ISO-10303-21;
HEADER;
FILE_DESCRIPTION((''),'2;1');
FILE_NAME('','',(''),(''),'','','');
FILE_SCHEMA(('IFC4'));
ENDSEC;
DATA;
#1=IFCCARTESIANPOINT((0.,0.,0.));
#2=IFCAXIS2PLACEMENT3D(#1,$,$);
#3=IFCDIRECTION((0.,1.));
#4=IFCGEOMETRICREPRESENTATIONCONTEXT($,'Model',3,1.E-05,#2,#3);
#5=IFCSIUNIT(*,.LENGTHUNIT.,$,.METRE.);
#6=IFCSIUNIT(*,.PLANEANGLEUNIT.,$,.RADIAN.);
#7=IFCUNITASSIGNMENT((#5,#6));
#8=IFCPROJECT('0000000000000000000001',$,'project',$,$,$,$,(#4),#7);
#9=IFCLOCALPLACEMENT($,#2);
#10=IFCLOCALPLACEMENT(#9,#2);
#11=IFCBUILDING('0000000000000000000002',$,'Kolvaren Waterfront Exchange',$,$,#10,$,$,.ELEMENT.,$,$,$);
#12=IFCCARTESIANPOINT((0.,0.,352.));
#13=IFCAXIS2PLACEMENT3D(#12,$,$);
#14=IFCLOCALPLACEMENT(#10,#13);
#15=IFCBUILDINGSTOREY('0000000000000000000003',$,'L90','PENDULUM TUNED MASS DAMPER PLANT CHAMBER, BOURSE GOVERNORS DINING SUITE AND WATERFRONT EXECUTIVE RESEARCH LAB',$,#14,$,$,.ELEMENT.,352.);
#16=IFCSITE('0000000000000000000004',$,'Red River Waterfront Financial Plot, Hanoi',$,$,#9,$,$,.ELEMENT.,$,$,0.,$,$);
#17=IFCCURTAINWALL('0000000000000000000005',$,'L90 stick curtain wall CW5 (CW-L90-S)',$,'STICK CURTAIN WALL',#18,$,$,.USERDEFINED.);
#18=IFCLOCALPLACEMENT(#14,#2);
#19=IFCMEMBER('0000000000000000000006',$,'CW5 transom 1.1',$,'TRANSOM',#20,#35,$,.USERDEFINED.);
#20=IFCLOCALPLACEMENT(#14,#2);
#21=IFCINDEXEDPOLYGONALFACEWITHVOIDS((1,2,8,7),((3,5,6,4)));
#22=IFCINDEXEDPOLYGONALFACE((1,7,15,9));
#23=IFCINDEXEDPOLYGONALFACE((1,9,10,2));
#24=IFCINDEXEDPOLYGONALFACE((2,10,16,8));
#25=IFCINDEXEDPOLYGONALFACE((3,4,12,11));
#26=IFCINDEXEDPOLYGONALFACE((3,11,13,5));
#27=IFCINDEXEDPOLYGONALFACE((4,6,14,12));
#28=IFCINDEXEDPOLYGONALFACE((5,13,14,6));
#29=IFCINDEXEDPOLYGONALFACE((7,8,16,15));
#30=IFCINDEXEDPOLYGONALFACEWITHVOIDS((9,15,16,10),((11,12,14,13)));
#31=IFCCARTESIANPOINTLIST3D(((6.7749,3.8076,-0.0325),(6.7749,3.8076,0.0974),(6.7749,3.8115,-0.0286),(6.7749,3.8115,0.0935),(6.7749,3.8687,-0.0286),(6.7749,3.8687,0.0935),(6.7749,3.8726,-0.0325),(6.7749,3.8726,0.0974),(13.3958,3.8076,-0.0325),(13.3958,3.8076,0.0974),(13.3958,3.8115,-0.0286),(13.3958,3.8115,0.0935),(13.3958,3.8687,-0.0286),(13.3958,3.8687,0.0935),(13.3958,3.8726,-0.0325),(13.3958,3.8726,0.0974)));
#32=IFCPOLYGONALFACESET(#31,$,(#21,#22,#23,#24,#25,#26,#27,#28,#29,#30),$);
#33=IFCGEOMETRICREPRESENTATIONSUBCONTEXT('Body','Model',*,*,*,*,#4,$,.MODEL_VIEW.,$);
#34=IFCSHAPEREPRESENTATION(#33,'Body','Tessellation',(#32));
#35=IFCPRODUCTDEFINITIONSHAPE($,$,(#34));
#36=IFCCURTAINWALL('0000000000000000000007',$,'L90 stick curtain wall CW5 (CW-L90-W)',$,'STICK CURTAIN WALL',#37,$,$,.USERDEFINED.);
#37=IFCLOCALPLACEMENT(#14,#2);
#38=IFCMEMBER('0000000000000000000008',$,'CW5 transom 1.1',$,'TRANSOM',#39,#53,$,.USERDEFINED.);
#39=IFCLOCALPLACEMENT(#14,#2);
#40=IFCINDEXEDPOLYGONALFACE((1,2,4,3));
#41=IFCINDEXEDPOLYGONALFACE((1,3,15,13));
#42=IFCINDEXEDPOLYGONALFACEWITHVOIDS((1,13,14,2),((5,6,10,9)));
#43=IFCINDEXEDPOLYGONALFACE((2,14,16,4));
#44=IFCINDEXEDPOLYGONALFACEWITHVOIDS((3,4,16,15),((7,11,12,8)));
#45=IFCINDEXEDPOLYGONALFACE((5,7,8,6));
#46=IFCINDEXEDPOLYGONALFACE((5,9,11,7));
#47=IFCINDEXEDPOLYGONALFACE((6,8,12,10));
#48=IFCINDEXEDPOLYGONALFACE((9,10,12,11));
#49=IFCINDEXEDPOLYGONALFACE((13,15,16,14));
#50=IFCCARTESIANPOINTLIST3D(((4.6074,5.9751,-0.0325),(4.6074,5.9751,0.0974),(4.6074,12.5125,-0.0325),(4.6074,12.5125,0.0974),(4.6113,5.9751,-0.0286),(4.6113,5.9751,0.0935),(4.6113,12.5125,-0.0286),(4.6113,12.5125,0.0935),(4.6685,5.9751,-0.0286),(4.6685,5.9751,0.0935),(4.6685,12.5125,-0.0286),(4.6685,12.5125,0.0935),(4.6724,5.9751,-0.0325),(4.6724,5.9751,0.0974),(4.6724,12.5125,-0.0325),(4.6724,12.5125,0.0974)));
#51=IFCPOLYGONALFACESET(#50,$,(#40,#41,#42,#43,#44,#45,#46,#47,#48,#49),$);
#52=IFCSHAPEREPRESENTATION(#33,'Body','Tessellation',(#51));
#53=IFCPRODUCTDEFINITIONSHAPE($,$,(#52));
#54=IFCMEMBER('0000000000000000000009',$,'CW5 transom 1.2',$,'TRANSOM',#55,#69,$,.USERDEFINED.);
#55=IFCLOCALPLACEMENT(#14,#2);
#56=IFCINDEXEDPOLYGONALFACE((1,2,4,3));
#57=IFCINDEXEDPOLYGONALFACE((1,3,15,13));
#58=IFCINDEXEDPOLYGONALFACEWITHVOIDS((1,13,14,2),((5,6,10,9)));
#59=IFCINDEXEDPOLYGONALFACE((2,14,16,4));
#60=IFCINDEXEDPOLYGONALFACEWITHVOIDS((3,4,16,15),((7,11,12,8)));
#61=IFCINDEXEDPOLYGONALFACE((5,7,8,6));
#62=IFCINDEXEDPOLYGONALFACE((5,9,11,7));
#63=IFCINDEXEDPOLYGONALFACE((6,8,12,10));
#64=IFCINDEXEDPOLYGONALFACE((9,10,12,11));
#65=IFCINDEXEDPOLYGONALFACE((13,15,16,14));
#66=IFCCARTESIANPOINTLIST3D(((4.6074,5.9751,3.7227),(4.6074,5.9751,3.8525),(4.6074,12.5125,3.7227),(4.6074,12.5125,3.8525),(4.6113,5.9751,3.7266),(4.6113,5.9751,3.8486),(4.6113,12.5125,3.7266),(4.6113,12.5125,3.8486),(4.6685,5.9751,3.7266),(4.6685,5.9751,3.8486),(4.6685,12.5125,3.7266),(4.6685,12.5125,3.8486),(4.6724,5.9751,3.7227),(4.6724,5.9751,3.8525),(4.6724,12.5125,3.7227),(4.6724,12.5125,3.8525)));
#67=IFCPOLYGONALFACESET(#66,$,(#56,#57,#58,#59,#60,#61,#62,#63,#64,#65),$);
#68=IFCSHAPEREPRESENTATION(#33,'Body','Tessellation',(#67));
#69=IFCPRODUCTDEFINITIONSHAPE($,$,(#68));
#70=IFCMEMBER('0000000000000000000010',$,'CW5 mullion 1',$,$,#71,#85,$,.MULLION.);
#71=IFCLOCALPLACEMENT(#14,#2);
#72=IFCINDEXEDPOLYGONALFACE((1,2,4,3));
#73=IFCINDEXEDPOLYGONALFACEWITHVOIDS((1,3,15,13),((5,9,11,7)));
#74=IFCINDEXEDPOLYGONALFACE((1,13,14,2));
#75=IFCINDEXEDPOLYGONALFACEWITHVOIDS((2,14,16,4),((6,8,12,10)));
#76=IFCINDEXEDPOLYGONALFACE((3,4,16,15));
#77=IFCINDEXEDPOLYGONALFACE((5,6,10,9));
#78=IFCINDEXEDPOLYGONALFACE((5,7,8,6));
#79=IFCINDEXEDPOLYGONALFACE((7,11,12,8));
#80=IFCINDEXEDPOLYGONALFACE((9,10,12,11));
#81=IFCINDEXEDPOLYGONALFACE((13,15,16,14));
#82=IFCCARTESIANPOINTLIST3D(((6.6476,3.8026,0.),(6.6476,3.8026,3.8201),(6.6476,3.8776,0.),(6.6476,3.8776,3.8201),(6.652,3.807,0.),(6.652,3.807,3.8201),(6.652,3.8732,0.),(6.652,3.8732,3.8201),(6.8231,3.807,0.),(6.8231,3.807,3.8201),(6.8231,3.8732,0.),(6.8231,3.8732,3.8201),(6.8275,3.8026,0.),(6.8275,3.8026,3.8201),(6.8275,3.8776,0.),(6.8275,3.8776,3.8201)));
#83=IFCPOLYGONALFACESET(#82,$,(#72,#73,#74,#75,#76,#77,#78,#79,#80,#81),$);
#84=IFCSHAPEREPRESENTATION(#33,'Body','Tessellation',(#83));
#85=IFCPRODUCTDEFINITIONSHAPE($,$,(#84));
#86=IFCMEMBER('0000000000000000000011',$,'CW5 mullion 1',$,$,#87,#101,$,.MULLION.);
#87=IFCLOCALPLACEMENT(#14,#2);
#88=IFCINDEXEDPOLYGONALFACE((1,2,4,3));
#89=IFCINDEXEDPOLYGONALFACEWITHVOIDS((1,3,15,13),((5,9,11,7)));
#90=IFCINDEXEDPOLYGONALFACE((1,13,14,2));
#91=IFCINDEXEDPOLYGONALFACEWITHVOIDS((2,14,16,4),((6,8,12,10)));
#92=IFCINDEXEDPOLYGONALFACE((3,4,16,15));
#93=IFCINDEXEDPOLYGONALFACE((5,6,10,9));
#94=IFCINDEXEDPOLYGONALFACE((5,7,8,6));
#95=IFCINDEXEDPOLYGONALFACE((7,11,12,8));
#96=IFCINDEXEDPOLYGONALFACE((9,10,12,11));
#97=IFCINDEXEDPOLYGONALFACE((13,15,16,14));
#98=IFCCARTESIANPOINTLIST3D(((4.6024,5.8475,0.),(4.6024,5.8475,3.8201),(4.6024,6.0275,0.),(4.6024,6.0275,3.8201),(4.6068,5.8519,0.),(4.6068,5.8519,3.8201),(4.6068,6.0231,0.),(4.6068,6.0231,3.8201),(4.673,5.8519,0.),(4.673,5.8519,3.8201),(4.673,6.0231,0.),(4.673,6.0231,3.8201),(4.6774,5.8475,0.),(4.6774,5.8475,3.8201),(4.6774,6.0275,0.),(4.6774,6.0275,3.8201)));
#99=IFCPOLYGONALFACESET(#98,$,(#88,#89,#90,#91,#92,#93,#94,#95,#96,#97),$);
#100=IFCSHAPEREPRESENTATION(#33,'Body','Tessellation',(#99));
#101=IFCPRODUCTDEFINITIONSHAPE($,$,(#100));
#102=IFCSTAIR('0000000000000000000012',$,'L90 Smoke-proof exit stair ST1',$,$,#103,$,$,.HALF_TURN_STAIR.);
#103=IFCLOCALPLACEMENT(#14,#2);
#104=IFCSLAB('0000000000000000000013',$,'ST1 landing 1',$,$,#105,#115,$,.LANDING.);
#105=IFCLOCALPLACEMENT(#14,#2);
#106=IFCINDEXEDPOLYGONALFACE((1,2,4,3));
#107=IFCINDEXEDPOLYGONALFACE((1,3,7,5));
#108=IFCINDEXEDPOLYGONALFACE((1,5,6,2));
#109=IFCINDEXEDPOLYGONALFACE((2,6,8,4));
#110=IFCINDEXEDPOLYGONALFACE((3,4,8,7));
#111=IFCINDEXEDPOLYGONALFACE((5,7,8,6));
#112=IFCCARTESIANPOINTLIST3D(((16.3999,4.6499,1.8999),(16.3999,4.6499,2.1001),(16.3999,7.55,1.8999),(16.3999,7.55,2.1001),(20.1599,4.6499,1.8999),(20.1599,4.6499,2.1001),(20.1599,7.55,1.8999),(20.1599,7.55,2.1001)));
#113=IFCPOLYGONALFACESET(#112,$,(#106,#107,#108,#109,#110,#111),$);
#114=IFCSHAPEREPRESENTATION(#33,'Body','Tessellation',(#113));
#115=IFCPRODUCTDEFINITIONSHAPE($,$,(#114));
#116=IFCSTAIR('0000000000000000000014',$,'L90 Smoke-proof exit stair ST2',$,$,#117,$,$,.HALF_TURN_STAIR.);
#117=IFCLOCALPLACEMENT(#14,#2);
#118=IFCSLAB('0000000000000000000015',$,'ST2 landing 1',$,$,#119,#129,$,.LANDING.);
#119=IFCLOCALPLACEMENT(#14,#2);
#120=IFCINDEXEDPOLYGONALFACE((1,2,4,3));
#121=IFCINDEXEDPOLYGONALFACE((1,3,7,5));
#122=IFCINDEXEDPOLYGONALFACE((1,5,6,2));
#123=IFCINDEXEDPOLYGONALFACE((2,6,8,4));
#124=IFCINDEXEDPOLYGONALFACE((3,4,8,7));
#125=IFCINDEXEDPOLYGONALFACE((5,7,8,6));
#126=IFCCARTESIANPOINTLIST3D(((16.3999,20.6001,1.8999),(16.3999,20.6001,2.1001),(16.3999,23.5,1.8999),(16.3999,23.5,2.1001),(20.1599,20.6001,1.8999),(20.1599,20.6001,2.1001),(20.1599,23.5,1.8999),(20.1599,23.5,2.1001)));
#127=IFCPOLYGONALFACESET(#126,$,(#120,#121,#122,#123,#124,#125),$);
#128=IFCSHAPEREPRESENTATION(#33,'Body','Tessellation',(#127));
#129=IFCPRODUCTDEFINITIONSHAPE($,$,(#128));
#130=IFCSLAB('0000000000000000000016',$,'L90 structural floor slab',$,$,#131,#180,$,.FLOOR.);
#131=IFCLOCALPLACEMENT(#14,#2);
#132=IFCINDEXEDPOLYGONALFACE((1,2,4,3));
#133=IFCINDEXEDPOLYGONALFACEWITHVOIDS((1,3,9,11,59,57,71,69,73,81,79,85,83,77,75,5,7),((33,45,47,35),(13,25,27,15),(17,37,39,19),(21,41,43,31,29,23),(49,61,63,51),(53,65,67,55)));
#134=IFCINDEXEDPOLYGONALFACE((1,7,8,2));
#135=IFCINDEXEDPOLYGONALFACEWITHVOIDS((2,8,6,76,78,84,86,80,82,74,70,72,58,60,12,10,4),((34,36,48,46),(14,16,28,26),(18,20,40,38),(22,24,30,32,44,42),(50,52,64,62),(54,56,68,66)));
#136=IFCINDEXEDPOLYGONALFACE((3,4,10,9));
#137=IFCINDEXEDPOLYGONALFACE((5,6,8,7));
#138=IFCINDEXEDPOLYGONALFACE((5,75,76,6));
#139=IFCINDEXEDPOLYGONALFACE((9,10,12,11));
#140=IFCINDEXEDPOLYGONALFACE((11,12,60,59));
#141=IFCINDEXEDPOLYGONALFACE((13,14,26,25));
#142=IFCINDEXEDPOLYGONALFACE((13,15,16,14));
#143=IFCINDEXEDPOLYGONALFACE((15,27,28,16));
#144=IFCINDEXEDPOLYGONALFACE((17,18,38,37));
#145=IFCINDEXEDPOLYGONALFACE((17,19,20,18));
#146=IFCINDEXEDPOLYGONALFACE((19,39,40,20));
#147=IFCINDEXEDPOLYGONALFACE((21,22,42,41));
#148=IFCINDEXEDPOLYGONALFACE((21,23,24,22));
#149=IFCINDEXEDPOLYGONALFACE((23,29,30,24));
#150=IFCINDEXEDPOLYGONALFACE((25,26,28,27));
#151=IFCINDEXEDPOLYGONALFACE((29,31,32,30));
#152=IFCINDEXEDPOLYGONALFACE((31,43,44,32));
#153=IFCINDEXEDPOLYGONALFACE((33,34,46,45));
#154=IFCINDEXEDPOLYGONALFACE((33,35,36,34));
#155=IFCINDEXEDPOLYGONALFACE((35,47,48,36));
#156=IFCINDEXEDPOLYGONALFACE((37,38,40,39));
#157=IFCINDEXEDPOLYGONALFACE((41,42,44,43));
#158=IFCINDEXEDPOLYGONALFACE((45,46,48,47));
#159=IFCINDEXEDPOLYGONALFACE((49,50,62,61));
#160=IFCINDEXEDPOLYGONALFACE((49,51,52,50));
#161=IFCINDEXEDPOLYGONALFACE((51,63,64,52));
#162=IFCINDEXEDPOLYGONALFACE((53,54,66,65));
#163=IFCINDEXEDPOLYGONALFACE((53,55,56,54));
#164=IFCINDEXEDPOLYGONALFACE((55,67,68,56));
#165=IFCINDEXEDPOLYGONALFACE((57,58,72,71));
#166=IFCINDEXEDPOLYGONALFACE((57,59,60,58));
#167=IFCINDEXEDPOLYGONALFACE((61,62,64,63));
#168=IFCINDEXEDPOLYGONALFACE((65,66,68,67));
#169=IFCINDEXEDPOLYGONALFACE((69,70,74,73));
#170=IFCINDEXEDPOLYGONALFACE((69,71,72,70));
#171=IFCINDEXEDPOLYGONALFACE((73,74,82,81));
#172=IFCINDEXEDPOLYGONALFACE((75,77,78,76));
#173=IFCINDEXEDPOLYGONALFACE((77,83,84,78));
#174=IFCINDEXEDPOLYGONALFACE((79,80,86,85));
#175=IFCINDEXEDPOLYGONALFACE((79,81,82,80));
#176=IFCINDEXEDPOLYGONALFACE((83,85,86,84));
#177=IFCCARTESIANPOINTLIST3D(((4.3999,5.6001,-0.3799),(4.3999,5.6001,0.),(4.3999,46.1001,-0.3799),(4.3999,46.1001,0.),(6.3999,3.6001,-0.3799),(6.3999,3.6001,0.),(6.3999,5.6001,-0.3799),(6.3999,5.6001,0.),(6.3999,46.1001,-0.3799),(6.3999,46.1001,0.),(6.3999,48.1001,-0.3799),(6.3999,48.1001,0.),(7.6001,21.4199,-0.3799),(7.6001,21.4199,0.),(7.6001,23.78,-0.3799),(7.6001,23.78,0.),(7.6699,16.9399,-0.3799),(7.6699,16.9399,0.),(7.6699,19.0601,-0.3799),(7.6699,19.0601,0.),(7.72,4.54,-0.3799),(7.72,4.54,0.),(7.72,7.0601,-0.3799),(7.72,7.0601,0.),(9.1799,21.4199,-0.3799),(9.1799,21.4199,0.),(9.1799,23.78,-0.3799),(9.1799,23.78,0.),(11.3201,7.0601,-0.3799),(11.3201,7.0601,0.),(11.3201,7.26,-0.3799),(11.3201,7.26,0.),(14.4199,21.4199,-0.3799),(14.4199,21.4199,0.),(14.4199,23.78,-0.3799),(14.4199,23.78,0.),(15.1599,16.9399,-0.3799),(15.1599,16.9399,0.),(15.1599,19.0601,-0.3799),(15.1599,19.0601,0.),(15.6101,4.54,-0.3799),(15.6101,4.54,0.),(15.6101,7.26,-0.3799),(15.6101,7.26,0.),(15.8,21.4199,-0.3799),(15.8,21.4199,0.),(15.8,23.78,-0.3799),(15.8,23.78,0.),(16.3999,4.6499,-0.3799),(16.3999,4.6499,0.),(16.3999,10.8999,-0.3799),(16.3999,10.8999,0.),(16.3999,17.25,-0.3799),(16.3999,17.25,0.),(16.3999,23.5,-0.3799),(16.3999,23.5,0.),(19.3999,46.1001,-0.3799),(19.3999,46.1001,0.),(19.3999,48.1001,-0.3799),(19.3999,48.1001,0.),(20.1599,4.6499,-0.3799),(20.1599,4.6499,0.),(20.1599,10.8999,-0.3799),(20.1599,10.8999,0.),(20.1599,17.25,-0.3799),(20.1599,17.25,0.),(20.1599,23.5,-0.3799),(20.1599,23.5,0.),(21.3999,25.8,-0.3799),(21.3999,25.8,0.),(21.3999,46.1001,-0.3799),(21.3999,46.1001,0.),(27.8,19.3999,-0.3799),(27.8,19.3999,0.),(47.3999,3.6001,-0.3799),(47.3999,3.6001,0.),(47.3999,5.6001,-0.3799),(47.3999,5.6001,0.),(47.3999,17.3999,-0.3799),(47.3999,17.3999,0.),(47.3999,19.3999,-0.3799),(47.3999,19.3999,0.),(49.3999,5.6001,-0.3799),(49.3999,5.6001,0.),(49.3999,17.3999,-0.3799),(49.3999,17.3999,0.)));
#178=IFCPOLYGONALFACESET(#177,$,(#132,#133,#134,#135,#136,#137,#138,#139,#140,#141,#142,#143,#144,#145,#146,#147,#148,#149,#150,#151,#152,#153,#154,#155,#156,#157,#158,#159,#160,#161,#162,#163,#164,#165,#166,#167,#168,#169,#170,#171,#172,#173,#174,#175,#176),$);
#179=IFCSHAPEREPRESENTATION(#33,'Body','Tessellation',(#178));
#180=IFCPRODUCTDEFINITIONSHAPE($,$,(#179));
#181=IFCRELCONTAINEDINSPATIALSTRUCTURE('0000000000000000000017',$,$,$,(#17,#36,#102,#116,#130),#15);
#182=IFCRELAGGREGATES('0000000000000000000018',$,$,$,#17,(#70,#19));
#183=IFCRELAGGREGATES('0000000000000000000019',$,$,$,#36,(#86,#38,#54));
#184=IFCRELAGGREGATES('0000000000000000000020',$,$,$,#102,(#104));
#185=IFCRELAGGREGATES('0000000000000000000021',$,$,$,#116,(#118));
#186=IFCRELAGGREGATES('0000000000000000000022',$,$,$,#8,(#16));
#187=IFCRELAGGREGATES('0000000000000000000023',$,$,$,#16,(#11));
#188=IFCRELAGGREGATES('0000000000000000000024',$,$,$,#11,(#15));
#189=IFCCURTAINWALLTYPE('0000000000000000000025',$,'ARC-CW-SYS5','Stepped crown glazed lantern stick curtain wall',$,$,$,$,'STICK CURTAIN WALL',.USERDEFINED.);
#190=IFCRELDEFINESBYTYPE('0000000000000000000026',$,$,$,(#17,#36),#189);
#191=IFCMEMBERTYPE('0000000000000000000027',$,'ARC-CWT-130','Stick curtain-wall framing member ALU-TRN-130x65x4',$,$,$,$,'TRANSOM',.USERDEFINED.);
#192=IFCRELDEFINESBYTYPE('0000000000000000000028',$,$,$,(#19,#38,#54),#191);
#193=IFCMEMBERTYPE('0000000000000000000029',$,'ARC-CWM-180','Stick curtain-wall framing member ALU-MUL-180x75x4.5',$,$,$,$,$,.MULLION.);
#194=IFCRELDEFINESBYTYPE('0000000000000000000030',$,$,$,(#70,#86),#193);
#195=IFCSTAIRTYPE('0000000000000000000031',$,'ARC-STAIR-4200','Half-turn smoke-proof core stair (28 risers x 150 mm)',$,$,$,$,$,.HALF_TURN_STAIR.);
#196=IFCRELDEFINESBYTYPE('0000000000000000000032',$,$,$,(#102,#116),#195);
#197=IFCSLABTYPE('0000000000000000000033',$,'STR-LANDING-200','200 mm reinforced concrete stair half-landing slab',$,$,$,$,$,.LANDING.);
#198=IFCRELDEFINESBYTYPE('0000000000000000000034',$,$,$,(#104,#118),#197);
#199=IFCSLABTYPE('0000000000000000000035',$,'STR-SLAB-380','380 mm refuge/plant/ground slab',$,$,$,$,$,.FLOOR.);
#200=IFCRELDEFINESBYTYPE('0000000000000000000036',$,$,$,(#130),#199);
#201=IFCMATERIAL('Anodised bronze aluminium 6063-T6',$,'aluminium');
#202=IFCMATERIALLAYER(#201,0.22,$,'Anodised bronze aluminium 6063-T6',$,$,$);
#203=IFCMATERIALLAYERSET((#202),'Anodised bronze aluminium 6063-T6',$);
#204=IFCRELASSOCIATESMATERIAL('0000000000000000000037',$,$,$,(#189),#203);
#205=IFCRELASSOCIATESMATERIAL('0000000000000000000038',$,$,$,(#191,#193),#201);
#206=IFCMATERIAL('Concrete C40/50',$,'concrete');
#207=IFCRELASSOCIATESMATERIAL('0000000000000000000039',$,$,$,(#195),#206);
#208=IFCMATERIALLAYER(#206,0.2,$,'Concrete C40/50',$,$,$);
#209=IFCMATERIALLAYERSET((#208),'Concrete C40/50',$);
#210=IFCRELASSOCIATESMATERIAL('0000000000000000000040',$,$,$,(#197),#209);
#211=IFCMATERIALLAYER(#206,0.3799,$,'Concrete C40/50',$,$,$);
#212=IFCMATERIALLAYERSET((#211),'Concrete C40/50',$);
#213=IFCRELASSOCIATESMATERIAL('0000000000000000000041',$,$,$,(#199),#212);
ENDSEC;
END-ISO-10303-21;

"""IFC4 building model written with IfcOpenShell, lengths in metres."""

from ifc_helpers import new_model, si_unit, direction, frame, origin, origin_with_axes, origin_2d, place, context, subcontext, project, spatial, polyline, hollow_rectangle, outline, extrude, source, transform, mapped, material, layer, layer_set, material_profile, profile_set, type_object, element, aggregate, save


model = new_model("IFC4")

# Units and contexts
model_context = context("Model", 3, precision=1e-05, world=origin(), true_north=direction((0.0, 1.0)))
body_context = subcontext(model_context, "Body", "Model", "MODEL_VIEW")
ifc_project = project(units=[si_unit("LENGTHUNIT", "METRE"), si_unit("PLANEANGLEUNIT", "RADIAN")], contexts=[model_context])

# Site, building, storey
site_placement = place(None, origin())
site = spatial("IfcSite", under=ifc_project, at=site_placement, Name="Red River Waterfront Financial Plot, Hanoi", CompositionType="ELEMENT", RefElevation=0.0)
building_placement = place(site_placement, origin())
building = spatial("IfcBuilding", under=site, at=building_placement, Name="Kolvaren Waterfront Exchange", CompositionType="ELEMENT")
storey_placement = place(building_placement, frame((0.0, 0.0, 352.0)))
storey = spatial("IfcBuildingStorey", under=building, at=storey_placement, Name="L90", Description="PENDULUM TUNED MASS DAMPER PLANT CHAMBER, BOURSE GOVERNORS DINING SUITE AND WATERFRONT EXECUTIVE RESEARCH LAB", CompositionType="ELEMENT", Elevation=352.0)

# Curtain wall, member
ifc_material_1 = material(Name="Anodised bronze aluminium 6063-T6", Category="aluminium")
ifc_layer_1 = layer(ifc_material_1, 0.22, Name="Anodised bronze aluminium 6063-T6")
ifc_layer_set_1 = layer_set([ifc_layer_1], Name="Anodised bronze aluminium 6063-T6")
curtain_wall_type = type_object("IfcCurtainWallType", Name="ARC-CW-SYS5", Description="Stepped crown glazed lantern stick curtain wall", ElementType="STICK CURTAIN WALL", PredefinedType="USERDEFINED", material=ifc_layer_set_1)
curtain_wall_1_placement = place(storey_placement, origin())
curtain_wall_1 = element("IfcCurtainWall", 1, at=curtain_wall_1_placement, inside=storey, type_object=curtain_wall_type, Name="L90 stick curtain wall CW5 (CW-L90-S)", ObjectType="STICK CURTAIN WALL", PredefinedType="USERDEFINED")
ifc_material_profile_1 = material_profile(ifc_material_1, hollow_rectangle(XDim=0.0649, YDim=0.1299, WallThickness=0.0039, at=origin_2d()), Name="ALU-TRN-130x65x4")
ifc_profile_set_1 = profile_set([ifc_material_profile_1], Name="Anodised bronze aluminium 6063-T6")
member_type_1 = type_object("IfcMemberType", Name="ARC-CWT-130", Description="Stick curtain-wall framing member ALU-TRN-130x65x4", ElementType="TRANSOM", PredefinedType="USERDEFINED", material=ifc_profile_set_1)
shared_shape_1 = source(origin_with_axes(), body_context, "Body", "SweptSolid", [
    extrude(hollow_rectangle(XDim=0.0649, YDim=0.1299, WallThickness=0.0039, at=origin_2d()), origin(), (0.0, 0.0, 1.0), 6.6208),
])
member_1_placement = place(storey_placement, frame((6.7749, 3.8401, 0.0325), z_axis=(1.0, 0.0, 0.0), x_axis=(0.0, 1.0, 0.0)))
member_1 = element("IfcMember", 2, at=member_1_placement, type_object=member_type_1, Name="CW5 transom 1.1", ObjectType="TRANSOM", PredefinedType="USERDEFINED", context=body_context, shape_type="MappedRepresentation", body=[
    mapped(shared_shape_1, transform((0.0, 0.0, 0.0), x_axis=(1.0, 0.0, 0.0), y_axis=(0.0, 1.0, 0.0), z_axis=(0.0, 0.0, 1.0), scale=1.0)),
])

# Curtain wall, members
curtain_wall_2_placement = place(storey_placement, origin())
curtain_wall_2 = element("IfcCurtainWall", 3, at=curtain_wall_2_placement, inside=storey, type_object=curtain_wall_type, Name="L90 stick curtain wall CW5 (CW-L90-W)", ObjectType="STICK CURTAIN WALL", PredefinedType="USERDEFINED")
shared_shape_2 = source(origin_with_axes(), body_context, "Body", "SweptSolid", [
    extrude(hollow_rectangle(XDim=0.0649, YDim=0.1299, WallThickness=0.0039, at=origin_2d()), origin(), (0.0, 0.0, 1.0), 6.5374),
])
member_2_placement = place(storey_placement, frame((4.6399, 5.9751, 0.0325), z_axis=(0.0, 1.0, 0.0), x_axis=(-1.0, 0.0, 0.0)))
member_2 = element("IfcMember", 4, at=member_2_placement, type_object=member_type_1, Name="CW5 transom 1.1", ObjectType="TRANSOM", PredefinedType="USERDEFINED", context=body_context, shape_type="MappedRepresentation", body=[
    mapped(shared_shape_2, transform((0.0, 0.0, 0.0), x_axis=(1.0, 0.0, 0.0), y_axis=(0.0, 1.0, 0.0), z_axis=(0.0, 0.0, 1.0), scale=1.0)),
])
member_3_placement = place(storey_placement, frame((4.6399, 5.9751, 3.7876), z_axis=(0.0, 1.0, 0.0), x_axis=(-1.0, 0.0, 0.0)))
member_3 = element("IfcMember", 5, at=member_3_placement, type_object=member_type_1, Name="CW5 transom 1.2", ObjectType="TRANSOM", PredefinedType="USERDEFINED", context=body_context, shape_type="MappedRepresentation", body=[
    mapped(shared_shape_2, transform((0.0, 0.0, 0.0), x_axis=(1.0, 0.0, 0.0), y_axis=(0.0, 1.0, 0.0), z_axis=(0.0, 0.0, 1.0), scale=1.0)),
])

# Members
ifc_material_profile_2 = material_profile(ifc_material_1, hollow_rectangle(XDim=0.075, YDim=0.1799, WallThickness=0.0044, at=origin_2d()), Name="ALU-MUL-180x75x4.5")
ifc_profile_set_2 = profile_set([ifc_material_profile_2], Name="Anodised bronze aluminium 6063-T6")
member_type_2 = type_object("IfcMemberType", Name="ARC-CWM-180", Description="Stick curtain-wall framing member ALU-MUL-180x75x4.5", PredefinedType="MULLION", material=ifc_profile_set_2)
shared_shape_3 = source(origin_with_axes(), body_context, "Body", "SweptSolid", [
    extrude(hollow_rectangle(XDim=0.075, YDim=0.1799, WallThickness=0.0044, at=origin_2d()), origin(), (0.0, 0.0, 1.0), 3.8201),
])
member_4_placement = place(storey_placement, frame((6.7375, 3.8401, 0.0), z_axis=(0.0, 0.0, 1.0), x_axis=(0.0, 1.0, 0.0)))
member_4 = element("IfcMember", 6, at=member_4_placement, type_object=member_type_2, Name="CW5 mullion 1", PredefinedType="MULLION", context=body_context, shape_type="MappedRepresentation", body=[
    mapped(shared_shape_3, transform((0.0, 0.0, 0.0), x_axis=(1.0, 0.0, 0.0), y_axis=(0.0, 1.0, 0.0), z_axis=(0.0, 0.0, 1.0), scale=1.0)),
])
aggregate(curtain_wall_1, [member_4, member_1])
member_5_placement = place(storey_placement, frame((4.6399, 5.9375, 0.0), z_axis=(0.0, 0.0, 1.0), x_axis=(-1.0, 0.0, 0.0)))
member_5 = element("IfcMember", 7, at=member_5_placement, type_object=member_type_2, Name="CW5 mullion 1", PredefinedType="MULLION", context=body_context, shape_type="MappedRepresentation", body=[
    mapped(shared_shape_3, transform((0.0, 0.0, 0.0), x_axis=(1.0, 0.0, 0.0), y_axis=(0.0, 1.0, 0.0), z_axis=(0.0, 0.0, 1.0), scale=1.0)),
])
aggregate(curtain_wall_2, [member_5, member_2, member_3])

# Stairs, slabs
ifc_material_2 = material(Name="Concrete C40/50", Category="concrete")
stair_type = type_object("IfcStairType", Name="ARC-STAIR-4200", Description="Half-turn smoke-proof core stair (28 risers x 150 mm)", PredefinedType="HALF_TURN_STAIR", material=ifc_material_2)
stair_1_placement = place(storey_placement, origin())
stair_1 = element("IfcStair", 8, at=stair_1_placement, inside=storey, type_object=stair_type, Name="L90 Smoke-proof exit stair ST1", PredefinedType="HALF_TURN_STAIR")
ifc_layer_2 = layer(ifc_material_2, 0.2, Name="Concrete C40/50")
ifc_layer_set_2 = layer_set([ifc_layer_2], Name="Concrete C40/50")
slab_type_1 = type_object("IfcSlabType", Name="STR-LANDING-200", Description="200 mm reinforced concrete stair half-landing slab", PredefinedType="LANDING", material=ifc_layer_set_2)
slab_1_placement = place(storey_placement, frame((0.0, 0.0, 1.8999)))
slab_1 = element("IfcSlab", 9, at=slab_1_placement, type_object=slab_type_1, Name="ST1 landing 1", PredefinedType="LANDING", context=body_context, shape_type="SweptSolid", body=[
    extrude(outline(polyline([(16.3999, 7.55), (16.3999, 4.6499), (20.1599, 4.6499), (20.1599, 7.55), (16.3999, 7.55)])), origin(), (0.0, 0.0, 1.0), 0.2002),
])
aggregate(stair_1, [slab_1])
stair_2_placement = place(storey_placement, origin())
stair_2 = element("IfcStair", 10, at=stair_2_placement, inside=storey, type_object=stair_type, Name="L90 Smoke-proof exit stair ST2", PredefinedType="HALF_TURN_STAIR")
slab_2_placement = place(storey_placement, frame((0.0, 0.0, 1.8999)))
slab_2 = element("IfcSlab", 11, at=slab_2_placement, type_object=slab_type_1, Name="ST2 landing 1", PredefinedType="LANDING", context=body_context, shape_type="SweptSolid", body=[
    extrude(outline(polyline([(20.1599, 20.6001), (20.1599, 23.5), (16.3999, 23.5), (16.3999, 20.6001), (20.1599, 20.6001)])), origin(), (0.0, 0.0, 1.0), 0.2002),
])
aggregate(stair_2, [slab_2])

# Slab
ifc_layer_3 = layer(ifc_material_2, 0.3799, Name="Concrete C40/50")
ifc_layer_set_3 = layer_set([ifc_layer_3], Name="Concrete C40/50")
slab_type_2 = type_object("IfcSlabType", Name="STR-SLAB-380", Description="380 mm refuge/plant/ground slab", PredefinedType="FLOOR", material=ifc_layer_set_3)
slab_3_placement = place(storey_placement, frame((0.0, 0.0, -0.3799)))
element("IfcSlab", 12, at=slab_3_placement, inside=storey, type_object=slab_type_2, Name="L90 structural floor slab", PredefinedType="FLOOR", context=body_context, shape_type="SweptSolid", body=[
    extrude(outline(polyline([(6.3999, 3.6001), (47.3999, 3.6001), (47.3999, 5.6001), (49.3999, 5.6001), (49.3999, 17.3999), (47.3999, 17.3999), (47.3999, 19.3999), (27.8, 19.3999), (21.3999, 25.8), (21.3999, 46.1001), (19.3999, 46.1001), (19.3999, 48.1001), (6.3999, 48.1001), (6.3999, 46.1001), (4.3999, 46.1001), (4.3999, 5.6001), (6.3999, 5.6001), (6.3999, 3.6001)]), holes=[polyline([(11.3201, 7.26), (15.6101, 7.26), (15.6101, 4.54), (7.72, 4.54), (7.72, 7.0601), (11.3201, 7.0601), (11.3201, 7.26)]), polyline([(20.1599, 10.8999), (20.1599, 4.6499), (16.3999, 4.6499), (16.3999, 10.8999), (20.1599, 10.8999)]), polyline([(7.6699, 19.0601), (15.1599, 19.0601), (15.1599, 16.9399), (7.6699, 16.9399), (7.6699, 19.0601)]), polyline([(16.3999, 17.25), (16.3999, 23.5), (20.1599, 23.5), (20.1599, 17.25), (16.3999, 17.25)]), polyline([(7.6001, 23.78), (9.1799, 23.78), (9.1799, 21.4199), (7.6001, 21.4199), (7.6001, 23.78)]), polyline([(14.4199, 23.78), (15.8, 23.78), (15.8, 21.4199), (14.4199, 21.4199), (14.4199, 23.78)])]), origin(), (0.0, 0.0, 1.0), 0.3799),
])

save(model, "model.ifc")
